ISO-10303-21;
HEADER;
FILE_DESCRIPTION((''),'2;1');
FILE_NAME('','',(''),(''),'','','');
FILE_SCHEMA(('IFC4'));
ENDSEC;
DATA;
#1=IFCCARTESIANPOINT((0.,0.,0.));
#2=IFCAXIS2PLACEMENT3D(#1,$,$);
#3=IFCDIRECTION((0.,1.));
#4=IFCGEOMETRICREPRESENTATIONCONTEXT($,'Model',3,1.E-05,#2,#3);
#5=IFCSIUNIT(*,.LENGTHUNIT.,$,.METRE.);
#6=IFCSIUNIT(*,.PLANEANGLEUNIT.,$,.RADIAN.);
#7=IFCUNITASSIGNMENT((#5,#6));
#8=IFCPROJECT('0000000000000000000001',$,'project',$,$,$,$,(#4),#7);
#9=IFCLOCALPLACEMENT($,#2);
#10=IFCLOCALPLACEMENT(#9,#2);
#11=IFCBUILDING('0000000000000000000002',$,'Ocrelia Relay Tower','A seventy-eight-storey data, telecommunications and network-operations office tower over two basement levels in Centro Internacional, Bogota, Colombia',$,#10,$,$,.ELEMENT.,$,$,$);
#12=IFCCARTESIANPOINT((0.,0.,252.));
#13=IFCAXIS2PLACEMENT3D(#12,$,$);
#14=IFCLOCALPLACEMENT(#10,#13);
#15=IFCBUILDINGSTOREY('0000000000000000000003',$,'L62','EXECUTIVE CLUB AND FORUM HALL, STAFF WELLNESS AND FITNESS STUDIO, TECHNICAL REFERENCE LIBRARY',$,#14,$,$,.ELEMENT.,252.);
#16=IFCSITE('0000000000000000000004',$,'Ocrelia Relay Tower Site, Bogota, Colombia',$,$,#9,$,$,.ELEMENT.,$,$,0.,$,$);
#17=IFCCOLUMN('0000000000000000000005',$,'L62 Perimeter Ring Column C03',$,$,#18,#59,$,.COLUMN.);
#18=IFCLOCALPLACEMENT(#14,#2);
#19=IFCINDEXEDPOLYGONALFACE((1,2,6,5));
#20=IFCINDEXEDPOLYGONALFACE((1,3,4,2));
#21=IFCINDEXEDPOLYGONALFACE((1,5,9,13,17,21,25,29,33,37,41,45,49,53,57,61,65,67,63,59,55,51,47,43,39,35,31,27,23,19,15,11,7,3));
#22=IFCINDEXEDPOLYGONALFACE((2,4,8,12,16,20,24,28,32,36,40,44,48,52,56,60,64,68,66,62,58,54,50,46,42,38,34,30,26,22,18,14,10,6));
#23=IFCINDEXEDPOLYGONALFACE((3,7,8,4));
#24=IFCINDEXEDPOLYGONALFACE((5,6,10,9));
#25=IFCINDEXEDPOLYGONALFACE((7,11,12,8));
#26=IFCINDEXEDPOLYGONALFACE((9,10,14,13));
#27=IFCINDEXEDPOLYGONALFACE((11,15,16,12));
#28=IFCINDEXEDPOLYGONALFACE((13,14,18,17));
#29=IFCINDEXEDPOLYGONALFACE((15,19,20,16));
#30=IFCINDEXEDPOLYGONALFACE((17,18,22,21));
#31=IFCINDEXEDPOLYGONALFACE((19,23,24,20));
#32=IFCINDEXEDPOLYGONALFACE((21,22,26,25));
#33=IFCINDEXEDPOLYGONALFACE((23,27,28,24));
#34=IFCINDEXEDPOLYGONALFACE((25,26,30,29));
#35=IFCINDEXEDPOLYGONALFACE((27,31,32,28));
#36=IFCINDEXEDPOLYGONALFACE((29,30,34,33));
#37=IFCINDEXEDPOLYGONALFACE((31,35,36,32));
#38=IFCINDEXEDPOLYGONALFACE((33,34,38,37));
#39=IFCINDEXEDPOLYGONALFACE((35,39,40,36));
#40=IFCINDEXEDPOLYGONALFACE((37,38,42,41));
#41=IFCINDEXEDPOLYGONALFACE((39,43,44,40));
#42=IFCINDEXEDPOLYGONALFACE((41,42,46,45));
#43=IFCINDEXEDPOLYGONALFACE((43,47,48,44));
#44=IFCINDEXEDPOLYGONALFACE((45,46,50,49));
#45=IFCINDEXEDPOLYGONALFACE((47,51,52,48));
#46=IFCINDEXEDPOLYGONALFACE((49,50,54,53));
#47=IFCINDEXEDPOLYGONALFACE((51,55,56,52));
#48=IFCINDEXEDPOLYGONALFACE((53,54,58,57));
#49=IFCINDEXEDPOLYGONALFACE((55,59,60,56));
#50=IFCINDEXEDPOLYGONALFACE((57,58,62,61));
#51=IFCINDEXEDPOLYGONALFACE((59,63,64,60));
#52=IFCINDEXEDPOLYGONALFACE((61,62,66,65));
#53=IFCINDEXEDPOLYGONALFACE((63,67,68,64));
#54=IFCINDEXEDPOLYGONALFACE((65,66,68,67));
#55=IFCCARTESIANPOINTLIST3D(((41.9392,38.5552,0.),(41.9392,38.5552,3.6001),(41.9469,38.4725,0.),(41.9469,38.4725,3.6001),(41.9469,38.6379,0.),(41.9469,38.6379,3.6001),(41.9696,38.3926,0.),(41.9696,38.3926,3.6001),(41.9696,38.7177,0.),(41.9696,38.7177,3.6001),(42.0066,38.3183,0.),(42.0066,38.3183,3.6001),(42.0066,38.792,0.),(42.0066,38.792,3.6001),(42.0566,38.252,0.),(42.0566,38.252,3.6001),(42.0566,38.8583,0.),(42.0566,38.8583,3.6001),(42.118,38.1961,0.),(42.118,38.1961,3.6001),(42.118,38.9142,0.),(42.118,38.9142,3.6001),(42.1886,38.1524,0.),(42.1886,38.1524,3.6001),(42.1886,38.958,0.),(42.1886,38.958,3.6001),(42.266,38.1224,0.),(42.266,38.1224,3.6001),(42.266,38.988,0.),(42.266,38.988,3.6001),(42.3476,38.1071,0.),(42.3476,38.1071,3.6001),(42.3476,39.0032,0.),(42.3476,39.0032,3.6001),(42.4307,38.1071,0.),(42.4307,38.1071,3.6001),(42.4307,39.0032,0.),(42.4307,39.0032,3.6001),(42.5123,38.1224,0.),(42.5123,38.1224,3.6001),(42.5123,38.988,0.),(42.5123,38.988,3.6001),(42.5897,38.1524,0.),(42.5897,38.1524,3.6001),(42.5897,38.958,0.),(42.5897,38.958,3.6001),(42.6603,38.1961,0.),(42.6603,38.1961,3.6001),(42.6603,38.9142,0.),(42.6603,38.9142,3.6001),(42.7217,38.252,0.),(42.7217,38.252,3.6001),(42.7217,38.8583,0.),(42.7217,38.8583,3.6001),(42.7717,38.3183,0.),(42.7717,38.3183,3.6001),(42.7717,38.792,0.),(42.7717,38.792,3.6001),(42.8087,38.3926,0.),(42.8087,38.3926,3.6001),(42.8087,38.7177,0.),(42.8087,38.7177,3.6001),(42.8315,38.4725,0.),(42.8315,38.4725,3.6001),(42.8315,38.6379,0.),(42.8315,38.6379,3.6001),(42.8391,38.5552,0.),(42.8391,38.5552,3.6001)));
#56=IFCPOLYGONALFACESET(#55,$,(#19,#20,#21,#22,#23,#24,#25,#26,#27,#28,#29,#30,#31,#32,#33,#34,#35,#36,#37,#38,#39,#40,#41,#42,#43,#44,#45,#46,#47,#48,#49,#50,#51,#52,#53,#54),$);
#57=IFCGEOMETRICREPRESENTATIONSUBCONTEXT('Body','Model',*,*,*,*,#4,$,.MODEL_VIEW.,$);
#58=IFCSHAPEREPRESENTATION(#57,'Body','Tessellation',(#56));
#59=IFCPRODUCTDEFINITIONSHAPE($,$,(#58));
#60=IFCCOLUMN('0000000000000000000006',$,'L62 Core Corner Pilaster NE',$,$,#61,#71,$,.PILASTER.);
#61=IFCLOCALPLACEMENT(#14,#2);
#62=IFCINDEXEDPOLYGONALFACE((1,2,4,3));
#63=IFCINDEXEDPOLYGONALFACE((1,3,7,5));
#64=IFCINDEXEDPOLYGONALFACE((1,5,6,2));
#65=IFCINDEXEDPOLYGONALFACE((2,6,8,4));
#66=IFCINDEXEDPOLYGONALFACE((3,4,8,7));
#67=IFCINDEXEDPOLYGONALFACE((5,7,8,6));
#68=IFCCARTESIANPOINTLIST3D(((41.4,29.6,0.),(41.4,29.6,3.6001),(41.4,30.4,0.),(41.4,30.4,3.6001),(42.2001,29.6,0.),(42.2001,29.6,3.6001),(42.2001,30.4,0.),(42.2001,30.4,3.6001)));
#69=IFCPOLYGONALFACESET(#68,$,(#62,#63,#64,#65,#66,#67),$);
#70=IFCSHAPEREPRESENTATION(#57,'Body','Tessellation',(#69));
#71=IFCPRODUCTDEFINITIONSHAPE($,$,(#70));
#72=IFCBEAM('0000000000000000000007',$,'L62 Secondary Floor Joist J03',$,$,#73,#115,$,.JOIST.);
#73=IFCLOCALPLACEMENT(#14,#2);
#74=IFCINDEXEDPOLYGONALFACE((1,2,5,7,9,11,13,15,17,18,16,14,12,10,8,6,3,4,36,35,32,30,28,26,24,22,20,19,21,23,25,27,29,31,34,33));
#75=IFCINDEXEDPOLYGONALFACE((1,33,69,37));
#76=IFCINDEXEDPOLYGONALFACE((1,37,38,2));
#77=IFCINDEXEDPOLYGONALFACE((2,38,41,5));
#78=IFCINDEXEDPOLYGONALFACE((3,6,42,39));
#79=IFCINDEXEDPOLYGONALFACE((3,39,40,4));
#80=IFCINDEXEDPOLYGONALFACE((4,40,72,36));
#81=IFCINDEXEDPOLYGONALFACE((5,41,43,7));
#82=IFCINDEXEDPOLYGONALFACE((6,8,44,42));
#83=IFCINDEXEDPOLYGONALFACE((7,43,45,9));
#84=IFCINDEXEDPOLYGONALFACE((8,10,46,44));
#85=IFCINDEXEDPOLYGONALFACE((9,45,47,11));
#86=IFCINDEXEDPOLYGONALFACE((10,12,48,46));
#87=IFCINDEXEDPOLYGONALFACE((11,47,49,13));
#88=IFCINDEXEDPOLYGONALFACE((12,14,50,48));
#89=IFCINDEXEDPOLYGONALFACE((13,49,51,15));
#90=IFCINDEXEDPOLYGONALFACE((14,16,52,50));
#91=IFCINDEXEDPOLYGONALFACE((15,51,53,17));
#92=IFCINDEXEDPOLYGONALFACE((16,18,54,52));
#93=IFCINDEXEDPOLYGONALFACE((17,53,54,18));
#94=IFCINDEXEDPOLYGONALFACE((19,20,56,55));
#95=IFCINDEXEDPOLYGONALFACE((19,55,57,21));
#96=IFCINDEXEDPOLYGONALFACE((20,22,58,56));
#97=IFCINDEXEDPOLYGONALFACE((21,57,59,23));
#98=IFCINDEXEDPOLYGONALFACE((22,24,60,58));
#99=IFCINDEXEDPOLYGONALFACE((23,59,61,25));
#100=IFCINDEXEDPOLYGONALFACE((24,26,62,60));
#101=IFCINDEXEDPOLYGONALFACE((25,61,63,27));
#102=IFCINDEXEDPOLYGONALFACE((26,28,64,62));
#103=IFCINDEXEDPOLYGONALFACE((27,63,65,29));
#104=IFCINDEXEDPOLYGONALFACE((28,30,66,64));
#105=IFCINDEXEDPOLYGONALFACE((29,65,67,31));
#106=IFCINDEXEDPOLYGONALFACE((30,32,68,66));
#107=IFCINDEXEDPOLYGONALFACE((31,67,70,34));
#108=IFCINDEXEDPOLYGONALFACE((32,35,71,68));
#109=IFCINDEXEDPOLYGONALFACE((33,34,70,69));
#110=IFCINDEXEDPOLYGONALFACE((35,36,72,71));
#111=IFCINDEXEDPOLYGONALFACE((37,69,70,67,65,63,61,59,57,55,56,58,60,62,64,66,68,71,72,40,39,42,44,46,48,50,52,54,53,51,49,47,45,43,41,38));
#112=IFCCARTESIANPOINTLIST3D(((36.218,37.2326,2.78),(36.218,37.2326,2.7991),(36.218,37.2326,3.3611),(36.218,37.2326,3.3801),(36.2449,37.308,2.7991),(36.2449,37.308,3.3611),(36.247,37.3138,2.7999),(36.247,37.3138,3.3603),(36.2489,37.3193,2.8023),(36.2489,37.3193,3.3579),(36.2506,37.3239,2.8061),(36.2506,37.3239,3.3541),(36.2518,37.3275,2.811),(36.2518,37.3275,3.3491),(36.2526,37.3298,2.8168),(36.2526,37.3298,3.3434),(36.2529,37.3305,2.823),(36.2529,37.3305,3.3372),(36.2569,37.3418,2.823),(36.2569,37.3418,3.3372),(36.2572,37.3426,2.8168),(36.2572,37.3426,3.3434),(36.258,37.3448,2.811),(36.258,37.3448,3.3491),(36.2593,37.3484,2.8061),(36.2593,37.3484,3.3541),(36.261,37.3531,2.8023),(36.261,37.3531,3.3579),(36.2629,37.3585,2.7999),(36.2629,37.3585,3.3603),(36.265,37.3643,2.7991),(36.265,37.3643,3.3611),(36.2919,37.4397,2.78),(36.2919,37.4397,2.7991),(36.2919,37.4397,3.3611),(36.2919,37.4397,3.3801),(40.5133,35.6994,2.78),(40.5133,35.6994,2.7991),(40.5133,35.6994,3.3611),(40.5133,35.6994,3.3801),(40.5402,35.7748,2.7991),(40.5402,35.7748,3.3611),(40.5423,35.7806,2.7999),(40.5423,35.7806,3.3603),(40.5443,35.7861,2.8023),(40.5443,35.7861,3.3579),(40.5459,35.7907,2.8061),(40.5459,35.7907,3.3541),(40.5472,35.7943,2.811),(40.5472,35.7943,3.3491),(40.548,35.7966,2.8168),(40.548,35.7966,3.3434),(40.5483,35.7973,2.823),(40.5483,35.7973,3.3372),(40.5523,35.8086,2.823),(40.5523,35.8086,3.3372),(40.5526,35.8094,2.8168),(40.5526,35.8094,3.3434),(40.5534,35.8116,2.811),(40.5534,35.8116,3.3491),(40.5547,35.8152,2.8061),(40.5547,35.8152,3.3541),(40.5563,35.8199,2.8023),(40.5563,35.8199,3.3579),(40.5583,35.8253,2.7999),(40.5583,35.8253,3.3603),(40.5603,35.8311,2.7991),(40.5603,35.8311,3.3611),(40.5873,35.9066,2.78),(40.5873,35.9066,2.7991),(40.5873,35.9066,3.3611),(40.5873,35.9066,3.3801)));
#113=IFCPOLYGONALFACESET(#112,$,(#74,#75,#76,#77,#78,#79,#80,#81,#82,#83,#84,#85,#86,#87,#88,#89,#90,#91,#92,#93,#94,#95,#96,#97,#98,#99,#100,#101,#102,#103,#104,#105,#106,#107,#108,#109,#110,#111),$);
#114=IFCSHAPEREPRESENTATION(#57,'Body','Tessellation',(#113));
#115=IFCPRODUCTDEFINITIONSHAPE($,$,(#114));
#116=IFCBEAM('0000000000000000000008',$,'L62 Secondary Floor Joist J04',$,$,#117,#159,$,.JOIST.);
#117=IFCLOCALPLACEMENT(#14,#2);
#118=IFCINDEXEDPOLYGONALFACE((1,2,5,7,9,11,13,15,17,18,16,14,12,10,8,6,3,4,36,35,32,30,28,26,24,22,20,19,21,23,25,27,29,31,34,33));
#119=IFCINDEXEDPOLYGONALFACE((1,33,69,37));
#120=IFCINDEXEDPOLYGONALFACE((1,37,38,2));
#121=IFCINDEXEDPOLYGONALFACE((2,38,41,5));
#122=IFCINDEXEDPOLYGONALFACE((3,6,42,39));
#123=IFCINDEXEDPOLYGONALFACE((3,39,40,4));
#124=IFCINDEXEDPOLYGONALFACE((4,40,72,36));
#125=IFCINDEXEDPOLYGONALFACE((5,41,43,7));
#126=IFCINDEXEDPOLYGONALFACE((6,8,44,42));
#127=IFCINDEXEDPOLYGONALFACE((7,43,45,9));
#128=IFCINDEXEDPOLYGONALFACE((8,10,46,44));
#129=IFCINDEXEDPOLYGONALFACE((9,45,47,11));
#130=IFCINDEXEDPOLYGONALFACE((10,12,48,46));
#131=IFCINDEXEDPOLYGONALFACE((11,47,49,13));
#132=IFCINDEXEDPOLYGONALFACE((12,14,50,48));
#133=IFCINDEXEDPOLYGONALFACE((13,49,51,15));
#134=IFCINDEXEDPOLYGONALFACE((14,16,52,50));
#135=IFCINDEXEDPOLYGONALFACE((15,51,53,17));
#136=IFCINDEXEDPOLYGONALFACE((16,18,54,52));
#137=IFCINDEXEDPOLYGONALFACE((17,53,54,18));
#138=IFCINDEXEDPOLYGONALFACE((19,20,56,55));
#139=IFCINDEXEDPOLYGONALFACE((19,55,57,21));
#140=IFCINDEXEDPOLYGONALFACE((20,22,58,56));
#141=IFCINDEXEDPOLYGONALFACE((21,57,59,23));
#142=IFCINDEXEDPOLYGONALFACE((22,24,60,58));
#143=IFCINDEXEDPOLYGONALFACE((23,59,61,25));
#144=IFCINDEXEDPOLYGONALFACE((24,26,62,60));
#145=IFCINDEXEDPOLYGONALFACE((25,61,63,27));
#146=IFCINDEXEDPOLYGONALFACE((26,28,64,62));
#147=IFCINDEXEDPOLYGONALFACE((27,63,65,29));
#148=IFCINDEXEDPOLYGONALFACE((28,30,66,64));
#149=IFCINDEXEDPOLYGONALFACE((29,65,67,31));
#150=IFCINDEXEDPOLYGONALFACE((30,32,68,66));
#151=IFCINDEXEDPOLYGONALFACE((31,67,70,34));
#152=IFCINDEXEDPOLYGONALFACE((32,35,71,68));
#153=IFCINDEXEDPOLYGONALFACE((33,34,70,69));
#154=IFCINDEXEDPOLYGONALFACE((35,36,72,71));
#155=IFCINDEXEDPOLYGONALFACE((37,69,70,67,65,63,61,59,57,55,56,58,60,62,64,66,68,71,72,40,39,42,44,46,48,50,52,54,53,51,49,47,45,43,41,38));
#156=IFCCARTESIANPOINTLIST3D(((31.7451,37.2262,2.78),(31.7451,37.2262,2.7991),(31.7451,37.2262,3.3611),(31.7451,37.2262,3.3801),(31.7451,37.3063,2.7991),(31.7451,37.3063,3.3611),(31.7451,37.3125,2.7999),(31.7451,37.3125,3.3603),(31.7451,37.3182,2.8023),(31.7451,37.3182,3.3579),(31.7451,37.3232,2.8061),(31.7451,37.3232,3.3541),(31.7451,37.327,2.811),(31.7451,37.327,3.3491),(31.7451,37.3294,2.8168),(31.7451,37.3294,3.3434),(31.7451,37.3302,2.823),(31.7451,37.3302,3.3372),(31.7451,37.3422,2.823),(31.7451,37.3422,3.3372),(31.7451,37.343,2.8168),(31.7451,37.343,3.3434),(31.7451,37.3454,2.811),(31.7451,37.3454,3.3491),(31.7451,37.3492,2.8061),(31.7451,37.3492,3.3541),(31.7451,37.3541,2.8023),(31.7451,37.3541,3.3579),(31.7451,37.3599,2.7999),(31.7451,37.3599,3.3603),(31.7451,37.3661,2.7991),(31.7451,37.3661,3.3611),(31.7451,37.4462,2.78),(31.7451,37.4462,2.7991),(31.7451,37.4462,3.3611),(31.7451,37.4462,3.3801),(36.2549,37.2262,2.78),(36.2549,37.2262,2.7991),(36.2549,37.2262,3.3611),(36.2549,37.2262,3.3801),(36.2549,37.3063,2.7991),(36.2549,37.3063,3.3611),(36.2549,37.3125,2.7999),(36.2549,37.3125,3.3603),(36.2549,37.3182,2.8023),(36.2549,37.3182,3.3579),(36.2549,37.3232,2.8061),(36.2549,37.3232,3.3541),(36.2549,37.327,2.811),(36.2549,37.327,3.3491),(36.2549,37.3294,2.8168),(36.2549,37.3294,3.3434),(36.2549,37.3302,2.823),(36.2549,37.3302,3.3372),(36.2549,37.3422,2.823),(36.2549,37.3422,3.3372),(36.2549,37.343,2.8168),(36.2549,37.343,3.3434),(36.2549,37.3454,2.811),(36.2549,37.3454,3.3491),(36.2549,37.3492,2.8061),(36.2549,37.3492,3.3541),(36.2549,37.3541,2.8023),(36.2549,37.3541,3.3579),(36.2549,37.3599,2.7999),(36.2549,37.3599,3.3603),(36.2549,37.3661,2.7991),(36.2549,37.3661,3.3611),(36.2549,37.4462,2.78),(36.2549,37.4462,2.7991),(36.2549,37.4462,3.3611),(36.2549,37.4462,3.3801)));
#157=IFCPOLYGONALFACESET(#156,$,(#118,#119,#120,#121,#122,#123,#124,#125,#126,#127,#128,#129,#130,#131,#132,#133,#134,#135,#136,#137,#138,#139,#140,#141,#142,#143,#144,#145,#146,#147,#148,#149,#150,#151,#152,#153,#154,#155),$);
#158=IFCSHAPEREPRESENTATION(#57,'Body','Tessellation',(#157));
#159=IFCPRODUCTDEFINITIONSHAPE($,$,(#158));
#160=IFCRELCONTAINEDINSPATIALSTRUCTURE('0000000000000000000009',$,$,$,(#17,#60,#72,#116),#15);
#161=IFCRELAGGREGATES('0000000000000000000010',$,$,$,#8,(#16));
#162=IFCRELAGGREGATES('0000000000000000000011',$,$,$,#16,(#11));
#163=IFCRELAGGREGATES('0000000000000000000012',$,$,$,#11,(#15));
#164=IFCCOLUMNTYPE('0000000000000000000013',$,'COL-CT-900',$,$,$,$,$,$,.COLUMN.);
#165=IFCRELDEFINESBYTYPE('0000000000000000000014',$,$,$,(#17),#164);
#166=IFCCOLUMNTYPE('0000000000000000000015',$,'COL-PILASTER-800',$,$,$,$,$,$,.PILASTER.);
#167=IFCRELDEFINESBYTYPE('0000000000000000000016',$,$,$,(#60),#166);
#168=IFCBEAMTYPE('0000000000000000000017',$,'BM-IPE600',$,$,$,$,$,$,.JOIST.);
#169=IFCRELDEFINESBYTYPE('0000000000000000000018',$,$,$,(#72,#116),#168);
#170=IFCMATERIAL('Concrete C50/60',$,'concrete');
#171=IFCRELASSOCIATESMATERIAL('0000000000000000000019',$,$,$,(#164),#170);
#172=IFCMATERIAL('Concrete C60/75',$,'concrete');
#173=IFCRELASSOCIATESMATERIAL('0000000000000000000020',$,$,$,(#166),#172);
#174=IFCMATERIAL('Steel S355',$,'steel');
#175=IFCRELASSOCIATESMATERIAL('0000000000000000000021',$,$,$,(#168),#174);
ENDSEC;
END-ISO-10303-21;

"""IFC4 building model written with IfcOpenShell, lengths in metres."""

from ifc_helpers import new_model, si_unit, direction, frame, origin, origin_2d, place, context, subcontext, project, spatial, rectangle, circle, i_section, extrude, material, material_profile, profile_set, type_object, element, save


model = new_model("IFC4")

# Units and contexts
model_context = context("Model", 3, precision=1e-05, world=origin(), true_north=direction((0.0, 1.0)))
body_context = subcontext(model_context, "Body", "Model", "MODEL_VIEW")
ifc_project = project(units=[si_unit("LENGTHUNIT", "METRE"), si_unit("PLANEANGLEUNIT", "RADIAN")], contexts=[model_context])

# Site, building, storey
site_placement = place(None, origin())
site = spatial("IfcSite", under=ifc_project, at=site_placement, Name="Ocrelia Relay Tower Site, Bogota, Colombia", CompositionType="ELEMENT", RefElevation=0.0)
building_placement = place(site_placement, origin())
building = spatial("IfcBuilding", under=site, at=building_placement, Name="Ocrelia Relay Tower", Description="A seventy-eight-storey data, telecommunications and network-operations office tower over two basement levels in Centro Internacional, Bogota, Colombia", CompositionType="ELEMENT")
storey_placement = place(building_placement, frame((0.0, 0.0, 252.0)))
storey = spatial("IfcBuildingStorey", under=building, at=storey_placement, Name="L62", Description="EXECUTIVE CLUB AND FORUM HALL, STAFF WELLNESS AND FITNESS STUDIO, TECHNICAL REFERENCE LIBRARY", CompositionType="ELEMENT", Elevation=252.0)

# Columns
ifc_material_1 = material(Name="Concrete C50/60", Category="concrete")
ifc_material_profile_1 = material_profile(ifc_material_1, circle(Radius=0.45, at=origin_2d()), Name="RC-CIR-900")
ifc_profile_set_1 = profile_set([ifc_material_profile_1], Name="Concrete C50/60")
column_type_1 = type_object("IfcColumnType", Name="COL-CT-900", PredefinedType="COLUMN", material=ifc_profile_set_1)
column_1_placement = place(storey_placement, frame((42.3892, 38.5552, 0.0), z_axis=(0.0, 0.0, 1.0), x_axis=(1.0, 0.0, 0.0)))
element("IfcColumn", 1, at=column_1_placement, inside=storey, type_object=column_type_1, Name="L62 Perimeter Ring Column C03", PredefinedType="COLUMN", context=body_context, shape_type="SweptSolid", body=[
    extrude(circle(Radius=0.45, at=origin_2d()), origin(), (0.0, 0.0, 1.0), 3.6001),
])
ifc_material_2 = material(Name="Concrete C60/75", Category="concrete")
ifc_material_profile_2 = material_profile(ifc_material_2, rectangle(XDim=0.8, YDim=0.8, at=origin_2d()), Name="RC-COL-800x800")
ifc_profile_set_2 = profile_set([ifc_material_profile_2], Name="Concrete C60/75")
column_type_2 = type_object("IfcColumnType", Name="COL-PILASTER-800", PredefinedType="PILASTER", material=ifc_profile_set_2)
column_2_placement = place(storey_placement, frame((41.8, 30.0, 0.0), z_axis=(0.0, 0.0, 1.0), x_axis=(1.0, 0.0, 0.0)))
element("IfcColumn", 2, at=column_2_placement, inside=storey, type_object=column_type_2, Name="L62 Core Corner Pilaster NE", PredefinedType="PILASTER", context=body_context, shape_type="SweptSolid", body=[
    extrude(rectangle(XDim=0.8, YDim=0.8, at=origin_2d()), origin(), (0.0, 0.0, 1.0), 3.6001),
])

# Beams
ifc_material_3 = material(Name="Steel S355", Category="steel")
ifc_material_profile_3 = material_profile(ifc_material_3, i_section(OverallWidth=0.22, OverallDepth=0.6001, WebThickness=0.012, FlangeThickness=0.019, FilletRadius=0.0239, at=origin_2d()), Name="IPE 600")
ifc_profile_set_3 = profile_set([ifc_material_profile_3], Name="Steel S355")
beam_type = type_object("IfcBeamType", Name="BM-IPE600", PredefinedType="JOIST", material=ifc_profile_set_3)
beam_1_placement = place(storey_placement, frame((40.5503, 35.803, 3.0801), z_axis=(-0.941802, 0.336167, 0.0), x_axis=(-0.336167, -0.941802, 0.0)))
element("IfcBeam", 3, at=beam_1_placement, inside=storey, type_object=beam_type, Name="L62 Secondary Floor Joist J03", PredefinedType="JOIST", context=body_context, shape_type="SweptSolid", body=[
    extrude(i_section(OverallWidth=0.22, OverallDepth=0.6001, WebThickness=0.012, FlangeThickness=0.019, FilletRadius=0.0239, at=origin_2d()), origin(), (0.0, 0.0, 1.0), 4.5608),
])
beam_2_placement = place(storey_placement, frame((36.2549, 37.3362, 3.0801), z_axis=(-1.0, 0.0, 0.0), x_axis=(0.0, -1.0, 0.0)))
element("IfcBeam", 4, at=beam_2_placement, inside=storey, type_object=beam_type, Name="L62 Secondary Floor Joist J04", PredefinedType="JOIST", context=body_context, shape_type="SweptSolid", body=[
    extrude(i_section(OverallWidth=0.22, OverallDepth=0.6001, WebThickness=0.012, FlangeThickness=0.019, FilletRadius=0.0239, at=origin_2d()), origin(), (0.0, 0.0, 1.0), 4.5098),
])

save(model, "model.ifc")
